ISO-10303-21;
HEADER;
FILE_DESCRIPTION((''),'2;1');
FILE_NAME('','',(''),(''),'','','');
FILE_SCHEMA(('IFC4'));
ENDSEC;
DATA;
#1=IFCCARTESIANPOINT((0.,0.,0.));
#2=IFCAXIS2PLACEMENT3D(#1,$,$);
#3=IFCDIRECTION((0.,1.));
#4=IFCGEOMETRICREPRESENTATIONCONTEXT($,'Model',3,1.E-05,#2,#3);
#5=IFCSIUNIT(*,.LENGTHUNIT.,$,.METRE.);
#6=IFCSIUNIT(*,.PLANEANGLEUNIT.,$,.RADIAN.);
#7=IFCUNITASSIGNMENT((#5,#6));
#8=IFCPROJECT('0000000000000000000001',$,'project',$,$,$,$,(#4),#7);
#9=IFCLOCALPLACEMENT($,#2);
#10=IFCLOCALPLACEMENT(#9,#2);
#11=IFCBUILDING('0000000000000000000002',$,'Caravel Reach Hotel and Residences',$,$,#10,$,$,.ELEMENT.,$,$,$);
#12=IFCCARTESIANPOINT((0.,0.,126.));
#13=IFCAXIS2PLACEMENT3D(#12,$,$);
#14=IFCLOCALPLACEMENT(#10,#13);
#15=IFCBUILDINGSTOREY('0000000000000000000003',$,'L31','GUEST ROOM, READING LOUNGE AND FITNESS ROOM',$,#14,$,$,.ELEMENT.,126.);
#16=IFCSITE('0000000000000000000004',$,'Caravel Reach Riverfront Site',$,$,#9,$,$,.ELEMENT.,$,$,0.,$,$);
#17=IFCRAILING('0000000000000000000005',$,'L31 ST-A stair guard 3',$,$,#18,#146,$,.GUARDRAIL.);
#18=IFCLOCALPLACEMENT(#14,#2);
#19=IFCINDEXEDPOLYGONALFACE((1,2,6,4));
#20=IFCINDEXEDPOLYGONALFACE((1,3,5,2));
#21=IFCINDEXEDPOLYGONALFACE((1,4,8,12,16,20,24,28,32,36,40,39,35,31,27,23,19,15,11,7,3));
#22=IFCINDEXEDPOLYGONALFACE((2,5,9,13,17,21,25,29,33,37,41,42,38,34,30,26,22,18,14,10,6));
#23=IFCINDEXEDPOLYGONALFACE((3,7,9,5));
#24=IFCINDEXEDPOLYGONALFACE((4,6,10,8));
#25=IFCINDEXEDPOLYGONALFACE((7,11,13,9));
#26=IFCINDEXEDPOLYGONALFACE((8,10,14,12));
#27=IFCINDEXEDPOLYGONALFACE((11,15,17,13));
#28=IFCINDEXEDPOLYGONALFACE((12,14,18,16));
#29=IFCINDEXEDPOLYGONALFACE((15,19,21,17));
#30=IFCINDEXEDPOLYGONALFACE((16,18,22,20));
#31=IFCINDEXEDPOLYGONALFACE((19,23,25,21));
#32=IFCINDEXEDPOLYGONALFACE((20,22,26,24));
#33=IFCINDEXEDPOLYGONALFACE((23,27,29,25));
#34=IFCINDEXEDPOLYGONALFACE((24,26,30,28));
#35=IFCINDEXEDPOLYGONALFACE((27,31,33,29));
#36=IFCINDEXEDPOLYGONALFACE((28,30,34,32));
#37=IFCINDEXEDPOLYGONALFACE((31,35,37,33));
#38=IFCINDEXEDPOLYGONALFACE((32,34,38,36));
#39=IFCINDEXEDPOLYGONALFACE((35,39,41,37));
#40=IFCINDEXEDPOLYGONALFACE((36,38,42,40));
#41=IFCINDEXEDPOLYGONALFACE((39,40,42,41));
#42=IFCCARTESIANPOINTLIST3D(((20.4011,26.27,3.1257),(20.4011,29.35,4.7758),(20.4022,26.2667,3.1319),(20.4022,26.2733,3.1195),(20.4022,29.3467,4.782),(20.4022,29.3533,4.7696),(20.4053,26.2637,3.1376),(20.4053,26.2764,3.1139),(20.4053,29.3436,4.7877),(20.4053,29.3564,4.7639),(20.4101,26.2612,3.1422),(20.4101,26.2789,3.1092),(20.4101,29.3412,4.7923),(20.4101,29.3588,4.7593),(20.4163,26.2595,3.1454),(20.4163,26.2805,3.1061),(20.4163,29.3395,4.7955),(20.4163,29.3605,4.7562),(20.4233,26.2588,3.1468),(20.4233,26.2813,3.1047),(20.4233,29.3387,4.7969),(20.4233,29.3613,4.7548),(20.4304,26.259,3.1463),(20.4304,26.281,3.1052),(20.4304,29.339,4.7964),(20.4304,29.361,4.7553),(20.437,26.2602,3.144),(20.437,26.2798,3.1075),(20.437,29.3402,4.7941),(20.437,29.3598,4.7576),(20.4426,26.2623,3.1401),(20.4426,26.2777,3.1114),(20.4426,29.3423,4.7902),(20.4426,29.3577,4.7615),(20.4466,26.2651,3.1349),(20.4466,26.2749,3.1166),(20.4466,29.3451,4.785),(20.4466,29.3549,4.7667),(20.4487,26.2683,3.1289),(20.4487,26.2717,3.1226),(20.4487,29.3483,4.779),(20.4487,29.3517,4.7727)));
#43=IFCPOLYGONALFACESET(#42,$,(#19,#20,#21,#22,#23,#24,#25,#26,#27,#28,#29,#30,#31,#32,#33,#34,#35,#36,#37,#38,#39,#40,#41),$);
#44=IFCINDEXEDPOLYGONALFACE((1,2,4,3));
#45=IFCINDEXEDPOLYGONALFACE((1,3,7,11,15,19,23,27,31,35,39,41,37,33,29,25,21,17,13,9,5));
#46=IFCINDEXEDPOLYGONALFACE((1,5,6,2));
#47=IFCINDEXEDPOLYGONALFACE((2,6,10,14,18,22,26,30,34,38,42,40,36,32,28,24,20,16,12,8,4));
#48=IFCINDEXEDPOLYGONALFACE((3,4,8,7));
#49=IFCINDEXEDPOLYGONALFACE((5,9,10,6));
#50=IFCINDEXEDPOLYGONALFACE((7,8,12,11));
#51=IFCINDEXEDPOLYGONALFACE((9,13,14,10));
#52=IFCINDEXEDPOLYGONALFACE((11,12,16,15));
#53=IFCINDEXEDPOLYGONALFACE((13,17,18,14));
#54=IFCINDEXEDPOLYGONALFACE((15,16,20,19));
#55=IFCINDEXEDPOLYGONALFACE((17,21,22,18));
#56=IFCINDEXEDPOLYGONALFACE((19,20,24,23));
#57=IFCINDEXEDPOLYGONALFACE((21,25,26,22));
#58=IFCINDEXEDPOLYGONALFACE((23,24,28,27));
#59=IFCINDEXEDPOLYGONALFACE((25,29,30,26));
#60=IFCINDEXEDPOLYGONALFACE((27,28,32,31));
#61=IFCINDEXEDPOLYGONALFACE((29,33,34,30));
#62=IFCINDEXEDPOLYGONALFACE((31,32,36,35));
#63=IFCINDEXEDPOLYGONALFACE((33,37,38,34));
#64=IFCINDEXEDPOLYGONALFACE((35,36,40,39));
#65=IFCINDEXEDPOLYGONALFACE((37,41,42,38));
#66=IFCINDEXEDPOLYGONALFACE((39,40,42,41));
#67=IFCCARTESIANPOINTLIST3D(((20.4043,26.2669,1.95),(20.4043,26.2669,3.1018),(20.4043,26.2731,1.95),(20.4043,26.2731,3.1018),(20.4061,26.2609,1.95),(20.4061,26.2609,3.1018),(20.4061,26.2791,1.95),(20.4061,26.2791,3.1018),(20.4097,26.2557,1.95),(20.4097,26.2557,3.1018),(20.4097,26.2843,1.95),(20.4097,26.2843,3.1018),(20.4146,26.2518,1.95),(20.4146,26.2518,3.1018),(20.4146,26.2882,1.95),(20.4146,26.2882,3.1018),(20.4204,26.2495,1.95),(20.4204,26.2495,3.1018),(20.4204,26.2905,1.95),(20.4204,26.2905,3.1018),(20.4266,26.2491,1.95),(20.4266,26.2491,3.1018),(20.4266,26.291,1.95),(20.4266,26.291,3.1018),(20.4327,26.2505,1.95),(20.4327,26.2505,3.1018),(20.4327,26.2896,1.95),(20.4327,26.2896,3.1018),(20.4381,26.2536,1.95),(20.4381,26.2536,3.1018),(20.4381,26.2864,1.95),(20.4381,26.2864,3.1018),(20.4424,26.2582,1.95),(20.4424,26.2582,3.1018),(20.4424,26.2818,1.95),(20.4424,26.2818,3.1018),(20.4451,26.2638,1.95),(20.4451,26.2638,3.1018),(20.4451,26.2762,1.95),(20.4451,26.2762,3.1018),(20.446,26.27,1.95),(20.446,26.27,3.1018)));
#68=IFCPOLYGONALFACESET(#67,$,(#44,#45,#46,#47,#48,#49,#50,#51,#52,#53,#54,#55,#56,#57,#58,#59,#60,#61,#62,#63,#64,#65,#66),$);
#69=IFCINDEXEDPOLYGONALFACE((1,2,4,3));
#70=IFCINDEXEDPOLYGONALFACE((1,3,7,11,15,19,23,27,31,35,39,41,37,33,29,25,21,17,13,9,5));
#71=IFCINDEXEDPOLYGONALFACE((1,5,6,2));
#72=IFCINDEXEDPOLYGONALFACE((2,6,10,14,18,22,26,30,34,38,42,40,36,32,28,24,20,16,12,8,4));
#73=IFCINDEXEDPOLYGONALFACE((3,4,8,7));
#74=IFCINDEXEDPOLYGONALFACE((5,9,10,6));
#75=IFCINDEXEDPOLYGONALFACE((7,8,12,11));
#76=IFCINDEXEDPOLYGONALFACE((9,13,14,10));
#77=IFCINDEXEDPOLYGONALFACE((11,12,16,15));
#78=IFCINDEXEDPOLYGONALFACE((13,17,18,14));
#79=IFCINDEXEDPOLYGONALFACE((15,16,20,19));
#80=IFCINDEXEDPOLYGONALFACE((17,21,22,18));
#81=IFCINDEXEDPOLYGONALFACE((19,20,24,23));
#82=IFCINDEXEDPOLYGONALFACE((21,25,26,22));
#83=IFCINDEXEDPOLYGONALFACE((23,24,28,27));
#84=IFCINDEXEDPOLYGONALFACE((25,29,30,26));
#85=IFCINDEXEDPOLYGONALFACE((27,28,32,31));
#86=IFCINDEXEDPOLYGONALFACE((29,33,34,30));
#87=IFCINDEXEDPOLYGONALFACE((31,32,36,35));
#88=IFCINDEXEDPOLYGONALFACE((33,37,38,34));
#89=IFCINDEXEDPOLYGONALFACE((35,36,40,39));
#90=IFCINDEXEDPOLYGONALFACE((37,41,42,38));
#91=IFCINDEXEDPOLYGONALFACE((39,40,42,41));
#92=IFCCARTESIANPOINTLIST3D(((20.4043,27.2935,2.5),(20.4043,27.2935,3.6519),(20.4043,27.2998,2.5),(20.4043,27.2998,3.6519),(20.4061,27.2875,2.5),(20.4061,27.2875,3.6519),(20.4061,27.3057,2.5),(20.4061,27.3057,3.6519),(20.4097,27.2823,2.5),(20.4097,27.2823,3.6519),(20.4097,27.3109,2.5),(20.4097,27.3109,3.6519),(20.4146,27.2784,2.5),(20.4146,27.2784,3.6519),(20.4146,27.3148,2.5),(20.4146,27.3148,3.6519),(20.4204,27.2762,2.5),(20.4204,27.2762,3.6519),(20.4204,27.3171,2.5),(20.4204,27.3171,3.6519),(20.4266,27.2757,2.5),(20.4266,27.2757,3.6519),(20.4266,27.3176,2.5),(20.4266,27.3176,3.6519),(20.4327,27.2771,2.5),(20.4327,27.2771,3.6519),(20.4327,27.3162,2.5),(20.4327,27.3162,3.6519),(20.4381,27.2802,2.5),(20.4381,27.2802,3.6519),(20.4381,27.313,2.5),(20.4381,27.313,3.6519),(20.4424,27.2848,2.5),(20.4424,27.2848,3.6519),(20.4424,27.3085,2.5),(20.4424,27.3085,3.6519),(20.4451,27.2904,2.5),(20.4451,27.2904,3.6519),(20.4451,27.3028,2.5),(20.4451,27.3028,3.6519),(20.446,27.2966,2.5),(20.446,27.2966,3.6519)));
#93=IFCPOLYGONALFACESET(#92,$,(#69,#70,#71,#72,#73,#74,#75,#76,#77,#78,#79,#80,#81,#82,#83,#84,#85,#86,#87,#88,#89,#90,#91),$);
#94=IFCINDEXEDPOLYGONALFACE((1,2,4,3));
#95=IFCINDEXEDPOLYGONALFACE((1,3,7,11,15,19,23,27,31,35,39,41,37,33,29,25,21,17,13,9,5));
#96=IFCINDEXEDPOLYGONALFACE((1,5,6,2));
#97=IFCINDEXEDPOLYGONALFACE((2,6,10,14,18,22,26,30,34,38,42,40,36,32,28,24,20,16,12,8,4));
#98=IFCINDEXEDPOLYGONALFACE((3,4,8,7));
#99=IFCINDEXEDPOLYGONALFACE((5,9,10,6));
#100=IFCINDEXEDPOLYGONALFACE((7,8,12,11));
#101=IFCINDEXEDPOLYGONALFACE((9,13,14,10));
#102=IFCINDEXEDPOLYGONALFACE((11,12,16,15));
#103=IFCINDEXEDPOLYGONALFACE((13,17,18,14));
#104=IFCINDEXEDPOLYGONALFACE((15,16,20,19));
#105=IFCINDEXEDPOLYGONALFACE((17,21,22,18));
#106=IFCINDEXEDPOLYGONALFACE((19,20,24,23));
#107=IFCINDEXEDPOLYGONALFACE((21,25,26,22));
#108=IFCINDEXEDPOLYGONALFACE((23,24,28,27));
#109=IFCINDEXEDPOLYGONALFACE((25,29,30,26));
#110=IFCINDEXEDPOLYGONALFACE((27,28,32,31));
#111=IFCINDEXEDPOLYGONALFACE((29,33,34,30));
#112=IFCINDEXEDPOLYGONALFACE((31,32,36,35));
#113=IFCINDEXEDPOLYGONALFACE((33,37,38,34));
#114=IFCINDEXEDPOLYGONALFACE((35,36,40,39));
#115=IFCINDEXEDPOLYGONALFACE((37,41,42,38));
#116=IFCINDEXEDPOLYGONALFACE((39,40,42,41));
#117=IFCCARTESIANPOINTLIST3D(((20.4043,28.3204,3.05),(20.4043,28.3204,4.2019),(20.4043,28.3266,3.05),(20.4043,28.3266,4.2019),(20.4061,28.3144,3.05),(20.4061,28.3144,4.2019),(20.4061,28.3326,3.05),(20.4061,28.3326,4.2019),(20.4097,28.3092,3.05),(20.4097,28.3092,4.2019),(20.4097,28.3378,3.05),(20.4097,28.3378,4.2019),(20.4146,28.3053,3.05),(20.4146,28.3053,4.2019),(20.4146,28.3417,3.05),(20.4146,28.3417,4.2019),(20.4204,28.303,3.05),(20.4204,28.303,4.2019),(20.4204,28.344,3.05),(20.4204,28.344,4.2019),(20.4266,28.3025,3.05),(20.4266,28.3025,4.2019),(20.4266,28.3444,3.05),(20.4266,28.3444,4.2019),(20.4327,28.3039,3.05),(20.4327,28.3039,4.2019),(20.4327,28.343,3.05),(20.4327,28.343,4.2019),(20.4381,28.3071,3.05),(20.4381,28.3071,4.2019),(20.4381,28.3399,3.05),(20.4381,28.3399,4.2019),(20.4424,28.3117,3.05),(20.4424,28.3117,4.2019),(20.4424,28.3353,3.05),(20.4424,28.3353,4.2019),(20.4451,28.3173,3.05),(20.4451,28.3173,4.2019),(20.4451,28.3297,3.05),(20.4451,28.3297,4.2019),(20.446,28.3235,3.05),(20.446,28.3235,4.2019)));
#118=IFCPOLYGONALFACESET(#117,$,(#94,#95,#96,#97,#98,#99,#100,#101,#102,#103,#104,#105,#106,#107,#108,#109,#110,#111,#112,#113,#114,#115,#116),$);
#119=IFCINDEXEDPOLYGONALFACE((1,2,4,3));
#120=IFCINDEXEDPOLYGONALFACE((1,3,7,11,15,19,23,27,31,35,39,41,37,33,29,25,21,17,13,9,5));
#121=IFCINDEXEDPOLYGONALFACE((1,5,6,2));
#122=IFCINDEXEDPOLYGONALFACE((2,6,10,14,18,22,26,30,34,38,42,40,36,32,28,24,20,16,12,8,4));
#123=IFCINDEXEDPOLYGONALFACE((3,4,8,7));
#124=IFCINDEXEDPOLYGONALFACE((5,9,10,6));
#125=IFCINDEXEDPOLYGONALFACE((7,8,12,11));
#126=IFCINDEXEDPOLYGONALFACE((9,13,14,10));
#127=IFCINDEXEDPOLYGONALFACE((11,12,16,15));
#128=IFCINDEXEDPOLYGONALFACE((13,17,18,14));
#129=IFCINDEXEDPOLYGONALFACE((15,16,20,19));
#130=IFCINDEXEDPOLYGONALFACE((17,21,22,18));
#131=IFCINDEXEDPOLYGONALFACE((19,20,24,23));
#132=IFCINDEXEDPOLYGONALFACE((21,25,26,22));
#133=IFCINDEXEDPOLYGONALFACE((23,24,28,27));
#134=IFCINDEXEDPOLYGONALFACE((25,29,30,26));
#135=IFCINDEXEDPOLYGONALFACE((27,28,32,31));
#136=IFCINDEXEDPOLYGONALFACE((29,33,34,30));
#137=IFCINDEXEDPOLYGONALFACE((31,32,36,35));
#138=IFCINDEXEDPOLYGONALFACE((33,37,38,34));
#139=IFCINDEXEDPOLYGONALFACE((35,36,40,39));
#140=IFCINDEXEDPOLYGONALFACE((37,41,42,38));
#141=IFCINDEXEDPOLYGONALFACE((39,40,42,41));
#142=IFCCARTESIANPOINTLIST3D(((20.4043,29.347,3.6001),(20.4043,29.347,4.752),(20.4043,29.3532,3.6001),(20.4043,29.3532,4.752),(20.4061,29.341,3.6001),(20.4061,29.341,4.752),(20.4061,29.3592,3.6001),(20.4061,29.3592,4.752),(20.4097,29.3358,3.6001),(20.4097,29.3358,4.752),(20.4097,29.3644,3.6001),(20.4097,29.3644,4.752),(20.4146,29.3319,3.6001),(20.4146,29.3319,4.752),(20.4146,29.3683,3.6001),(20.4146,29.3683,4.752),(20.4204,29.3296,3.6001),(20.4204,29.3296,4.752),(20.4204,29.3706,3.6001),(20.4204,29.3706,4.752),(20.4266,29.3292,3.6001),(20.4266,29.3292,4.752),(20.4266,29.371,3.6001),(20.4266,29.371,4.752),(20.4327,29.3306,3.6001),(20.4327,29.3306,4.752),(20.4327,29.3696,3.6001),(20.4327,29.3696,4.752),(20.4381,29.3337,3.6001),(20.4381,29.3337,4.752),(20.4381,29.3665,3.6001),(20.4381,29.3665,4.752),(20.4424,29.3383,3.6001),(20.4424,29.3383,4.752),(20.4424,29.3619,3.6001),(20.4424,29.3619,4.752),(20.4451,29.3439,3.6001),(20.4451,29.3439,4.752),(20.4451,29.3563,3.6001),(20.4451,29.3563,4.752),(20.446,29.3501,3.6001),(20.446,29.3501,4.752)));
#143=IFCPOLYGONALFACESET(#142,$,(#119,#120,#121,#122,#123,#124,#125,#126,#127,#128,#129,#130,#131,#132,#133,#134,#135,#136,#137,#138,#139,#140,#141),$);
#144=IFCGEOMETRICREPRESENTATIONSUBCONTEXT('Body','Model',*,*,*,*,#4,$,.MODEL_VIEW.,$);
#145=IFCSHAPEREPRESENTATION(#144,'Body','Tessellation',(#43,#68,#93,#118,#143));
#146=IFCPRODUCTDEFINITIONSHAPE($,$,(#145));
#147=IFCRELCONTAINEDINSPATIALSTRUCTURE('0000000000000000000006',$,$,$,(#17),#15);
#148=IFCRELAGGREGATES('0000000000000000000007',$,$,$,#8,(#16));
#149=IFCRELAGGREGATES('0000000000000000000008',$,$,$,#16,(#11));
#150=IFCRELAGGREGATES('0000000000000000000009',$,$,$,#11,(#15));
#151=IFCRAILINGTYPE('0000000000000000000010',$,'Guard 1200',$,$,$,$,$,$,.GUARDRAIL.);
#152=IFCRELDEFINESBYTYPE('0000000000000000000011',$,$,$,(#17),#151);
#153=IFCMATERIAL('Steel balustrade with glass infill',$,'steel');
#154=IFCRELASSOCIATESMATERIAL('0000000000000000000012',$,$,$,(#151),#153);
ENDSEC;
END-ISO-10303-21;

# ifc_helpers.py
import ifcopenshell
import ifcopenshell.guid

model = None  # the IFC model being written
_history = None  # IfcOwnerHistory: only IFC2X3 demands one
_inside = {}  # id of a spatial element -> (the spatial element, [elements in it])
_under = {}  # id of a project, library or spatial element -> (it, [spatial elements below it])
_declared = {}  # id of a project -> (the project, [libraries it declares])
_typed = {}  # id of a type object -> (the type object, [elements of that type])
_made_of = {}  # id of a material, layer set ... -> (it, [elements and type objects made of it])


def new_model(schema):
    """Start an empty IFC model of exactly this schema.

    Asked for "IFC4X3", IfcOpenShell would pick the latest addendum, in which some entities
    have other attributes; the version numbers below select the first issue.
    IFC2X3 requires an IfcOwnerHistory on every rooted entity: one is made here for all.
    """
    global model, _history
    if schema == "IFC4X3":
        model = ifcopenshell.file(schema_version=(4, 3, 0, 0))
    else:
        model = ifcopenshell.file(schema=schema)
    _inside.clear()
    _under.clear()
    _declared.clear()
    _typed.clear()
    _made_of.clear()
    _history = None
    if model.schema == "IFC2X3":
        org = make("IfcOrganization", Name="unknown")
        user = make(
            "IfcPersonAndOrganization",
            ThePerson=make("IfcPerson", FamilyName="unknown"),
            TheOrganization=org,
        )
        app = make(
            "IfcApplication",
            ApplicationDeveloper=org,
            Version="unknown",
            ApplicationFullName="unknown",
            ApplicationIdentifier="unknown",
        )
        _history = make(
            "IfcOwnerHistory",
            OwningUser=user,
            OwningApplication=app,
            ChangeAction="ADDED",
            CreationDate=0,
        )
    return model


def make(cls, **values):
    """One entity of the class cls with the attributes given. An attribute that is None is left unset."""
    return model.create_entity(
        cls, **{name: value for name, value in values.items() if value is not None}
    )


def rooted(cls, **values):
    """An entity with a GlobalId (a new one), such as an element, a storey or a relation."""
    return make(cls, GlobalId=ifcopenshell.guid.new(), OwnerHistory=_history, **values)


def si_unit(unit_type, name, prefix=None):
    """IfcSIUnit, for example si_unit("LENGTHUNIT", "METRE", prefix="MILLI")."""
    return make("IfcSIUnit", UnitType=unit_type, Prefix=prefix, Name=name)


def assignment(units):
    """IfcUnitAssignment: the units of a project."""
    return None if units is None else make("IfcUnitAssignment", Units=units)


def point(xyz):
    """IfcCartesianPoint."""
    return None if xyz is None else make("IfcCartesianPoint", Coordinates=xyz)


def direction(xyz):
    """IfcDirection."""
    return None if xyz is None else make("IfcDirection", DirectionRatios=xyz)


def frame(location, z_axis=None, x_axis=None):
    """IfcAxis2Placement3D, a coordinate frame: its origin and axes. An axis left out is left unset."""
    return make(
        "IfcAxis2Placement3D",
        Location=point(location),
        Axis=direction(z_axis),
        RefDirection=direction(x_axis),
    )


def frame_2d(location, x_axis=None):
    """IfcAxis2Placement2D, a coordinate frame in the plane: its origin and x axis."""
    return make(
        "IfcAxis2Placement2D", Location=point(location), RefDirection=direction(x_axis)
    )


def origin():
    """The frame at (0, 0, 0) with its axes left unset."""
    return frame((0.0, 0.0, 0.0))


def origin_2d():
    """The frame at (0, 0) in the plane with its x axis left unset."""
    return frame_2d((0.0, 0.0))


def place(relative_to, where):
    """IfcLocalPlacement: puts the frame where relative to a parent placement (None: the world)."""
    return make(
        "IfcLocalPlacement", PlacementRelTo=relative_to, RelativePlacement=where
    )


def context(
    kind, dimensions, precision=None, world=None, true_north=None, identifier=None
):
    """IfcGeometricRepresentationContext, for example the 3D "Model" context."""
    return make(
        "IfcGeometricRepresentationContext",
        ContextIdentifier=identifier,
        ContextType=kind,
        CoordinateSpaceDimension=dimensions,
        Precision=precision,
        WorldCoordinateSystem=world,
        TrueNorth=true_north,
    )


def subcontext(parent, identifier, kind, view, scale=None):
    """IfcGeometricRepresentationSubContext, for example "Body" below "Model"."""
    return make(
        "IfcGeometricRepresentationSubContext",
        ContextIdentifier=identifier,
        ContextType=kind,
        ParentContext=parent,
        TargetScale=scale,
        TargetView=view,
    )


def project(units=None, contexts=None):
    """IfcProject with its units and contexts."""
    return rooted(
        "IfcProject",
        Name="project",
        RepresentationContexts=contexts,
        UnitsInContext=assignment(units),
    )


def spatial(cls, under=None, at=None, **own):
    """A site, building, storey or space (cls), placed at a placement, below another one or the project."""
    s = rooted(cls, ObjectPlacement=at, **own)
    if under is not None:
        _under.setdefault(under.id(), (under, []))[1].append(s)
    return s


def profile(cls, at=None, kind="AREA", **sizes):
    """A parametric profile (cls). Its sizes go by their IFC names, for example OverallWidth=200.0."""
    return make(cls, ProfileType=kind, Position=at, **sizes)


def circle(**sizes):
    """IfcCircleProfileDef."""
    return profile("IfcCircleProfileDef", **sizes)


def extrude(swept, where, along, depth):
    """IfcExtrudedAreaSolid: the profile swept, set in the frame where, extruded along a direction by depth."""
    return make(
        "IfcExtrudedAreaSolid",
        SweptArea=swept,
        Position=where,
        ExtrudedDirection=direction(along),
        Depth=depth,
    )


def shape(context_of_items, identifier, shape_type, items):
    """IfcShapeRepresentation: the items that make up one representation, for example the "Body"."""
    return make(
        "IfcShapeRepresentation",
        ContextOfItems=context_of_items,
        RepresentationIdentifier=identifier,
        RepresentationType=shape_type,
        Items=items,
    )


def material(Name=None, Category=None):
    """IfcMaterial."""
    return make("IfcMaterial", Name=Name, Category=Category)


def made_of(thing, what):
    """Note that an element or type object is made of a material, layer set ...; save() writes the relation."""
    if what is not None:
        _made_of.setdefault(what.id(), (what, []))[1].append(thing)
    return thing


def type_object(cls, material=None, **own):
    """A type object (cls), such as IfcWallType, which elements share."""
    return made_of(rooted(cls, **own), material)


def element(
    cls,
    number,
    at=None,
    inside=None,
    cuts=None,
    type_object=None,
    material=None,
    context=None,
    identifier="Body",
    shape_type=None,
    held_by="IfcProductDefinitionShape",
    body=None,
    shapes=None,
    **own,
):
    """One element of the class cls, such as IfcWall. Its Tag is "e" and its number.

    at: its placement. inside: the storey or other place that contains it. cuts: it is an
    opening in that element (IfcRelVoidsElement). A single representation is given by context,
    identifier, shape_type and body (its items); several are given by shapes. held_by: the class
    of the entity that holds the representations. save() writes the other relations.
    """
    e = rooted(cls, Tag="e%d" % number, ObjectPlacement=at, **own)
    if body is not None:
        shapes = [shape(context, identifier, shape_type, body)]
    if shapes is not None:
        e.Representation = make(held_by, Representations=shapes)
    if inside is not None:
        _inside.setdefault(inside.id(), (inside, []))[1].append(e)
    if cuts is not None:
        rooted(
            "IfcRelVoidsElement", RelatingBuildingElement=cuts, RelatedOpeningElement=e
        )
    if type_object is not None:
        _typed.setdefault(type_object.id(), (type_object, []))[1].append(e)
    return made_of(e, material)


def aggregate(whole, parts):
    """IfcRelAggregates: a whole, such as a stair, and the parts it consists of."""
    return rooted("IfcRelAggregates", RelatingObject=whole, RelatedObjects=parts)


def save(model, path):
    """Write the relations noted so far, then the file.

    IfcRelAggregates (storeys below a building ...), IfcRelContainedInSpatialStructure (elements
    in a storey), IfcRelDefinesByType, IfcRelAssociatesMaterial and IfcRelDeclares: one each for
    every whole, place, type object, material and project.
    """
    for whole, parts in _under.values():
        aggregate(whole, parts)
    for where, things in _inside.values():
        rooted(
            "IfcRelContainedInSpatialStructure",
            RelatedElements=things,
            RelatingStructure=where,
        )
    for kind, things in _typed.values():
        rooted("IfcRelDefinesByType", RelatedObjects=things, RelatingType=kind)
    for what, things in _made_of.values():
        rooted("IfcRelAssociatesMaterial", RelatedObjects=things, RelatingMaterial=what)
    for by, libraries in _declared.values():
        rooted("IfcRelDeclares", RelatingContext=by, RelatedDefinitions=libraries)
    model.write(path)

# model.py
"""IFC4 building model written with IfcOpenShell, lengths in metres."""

from ifc_helpers import new_model, si_unit, direction, frame, origin, origin_2d, place, context, subcontext, project, spatial, circle, extrude, material, type_object, element, save


model = new_model("IFC4")

# Units and contexts
model_context = context("Model", 3, precision=1e-05, world=origin(), true_north=direction((0.0, 1.0)))
body_context = subcontext(model_context, "Body", "Model", "MODEL_VIEW")
ifc_project = project(units=[si_unit("LENGTHUNIT", "METRE"), si_unit("PLANEANGLEUNIT", "RADIAN")], contexts=[model_context])

# Site, building, storey
site_placement = place(None, origin())
site = spatial("IfcSite", under=ifc_project, at=site_placement, Name="Caravel Reach Riverfront Site", CompositionType="ELEMENT", RefElevation=0.0)
building_placement = place(site_placement, origin())
building = spatial("IfcBuilding", under=site, at=building_placement, Name="Caravel Reach Hotel and Residences", CompositionType="ELEMENT")
storey_placement = place(building_placement, frame((0.0, 0.0, 126.0)))
storey = spatial("IfcBuildingStorey", under=building, at=storey_placement, Name="L31", Description="GUEST ROOM, READING LOUNGE AND FITNESS ROOM", CompositionType="ELEMENT", Elevation=126.0)

# Railing
ifc_material_1 = material(Name="Steel balustrade with glass infill", Category="steel")
railing_type_1 = type_object("IfcRailingType", Name="Guard 1200", PredefinedType="GUARDRAIL", material=ifc_material_1)
railing_1_placement = place(storey_placement, frame((20.425, 26.27, 1.95)))
element("IfcRailing", 1, at=railing_1_placement, inside=storey, type_object=railing_type_1, Name="L31 ST-A stair guard 3", PredefinedType="GUARDRAIL", context=body_context, shape_type="SweptSolid", body=[
    extrude(circle(Radius=0.0239, at=origin_2d()), frame((0.0, 0.0, 1.1758), z_axis=(0.0, 0.881468, 0.472245), x_axis=(-1.0, 0.0, 0.0)), (0.0, 0.0, 1.0), 3.4941),
    extrude(circle(Radius=0.021, at=origin_2d()), origin(), (0.0, 0.0, 1.0), 1.1519),
    extrude(circle(Radius=0.021, at=origin_2d()), frame((0.0, 1.0266, 0.55)), (0.0, 0.0, 1.0), 1.1519),
    extrude(circle(Radius=0.021, at=origin_2d()), frame((0.0, 2.0535, 1.1001)), (0.0, 0.0, 1.0), 1.1519),
    extrude(circle(Radius=0.021, at=origin_2d()), frame((0.0, 3.0801, 1.6501)), (0.0, 0.0, 1.0), 1.1519),
])

save(model, "model.ifc")
